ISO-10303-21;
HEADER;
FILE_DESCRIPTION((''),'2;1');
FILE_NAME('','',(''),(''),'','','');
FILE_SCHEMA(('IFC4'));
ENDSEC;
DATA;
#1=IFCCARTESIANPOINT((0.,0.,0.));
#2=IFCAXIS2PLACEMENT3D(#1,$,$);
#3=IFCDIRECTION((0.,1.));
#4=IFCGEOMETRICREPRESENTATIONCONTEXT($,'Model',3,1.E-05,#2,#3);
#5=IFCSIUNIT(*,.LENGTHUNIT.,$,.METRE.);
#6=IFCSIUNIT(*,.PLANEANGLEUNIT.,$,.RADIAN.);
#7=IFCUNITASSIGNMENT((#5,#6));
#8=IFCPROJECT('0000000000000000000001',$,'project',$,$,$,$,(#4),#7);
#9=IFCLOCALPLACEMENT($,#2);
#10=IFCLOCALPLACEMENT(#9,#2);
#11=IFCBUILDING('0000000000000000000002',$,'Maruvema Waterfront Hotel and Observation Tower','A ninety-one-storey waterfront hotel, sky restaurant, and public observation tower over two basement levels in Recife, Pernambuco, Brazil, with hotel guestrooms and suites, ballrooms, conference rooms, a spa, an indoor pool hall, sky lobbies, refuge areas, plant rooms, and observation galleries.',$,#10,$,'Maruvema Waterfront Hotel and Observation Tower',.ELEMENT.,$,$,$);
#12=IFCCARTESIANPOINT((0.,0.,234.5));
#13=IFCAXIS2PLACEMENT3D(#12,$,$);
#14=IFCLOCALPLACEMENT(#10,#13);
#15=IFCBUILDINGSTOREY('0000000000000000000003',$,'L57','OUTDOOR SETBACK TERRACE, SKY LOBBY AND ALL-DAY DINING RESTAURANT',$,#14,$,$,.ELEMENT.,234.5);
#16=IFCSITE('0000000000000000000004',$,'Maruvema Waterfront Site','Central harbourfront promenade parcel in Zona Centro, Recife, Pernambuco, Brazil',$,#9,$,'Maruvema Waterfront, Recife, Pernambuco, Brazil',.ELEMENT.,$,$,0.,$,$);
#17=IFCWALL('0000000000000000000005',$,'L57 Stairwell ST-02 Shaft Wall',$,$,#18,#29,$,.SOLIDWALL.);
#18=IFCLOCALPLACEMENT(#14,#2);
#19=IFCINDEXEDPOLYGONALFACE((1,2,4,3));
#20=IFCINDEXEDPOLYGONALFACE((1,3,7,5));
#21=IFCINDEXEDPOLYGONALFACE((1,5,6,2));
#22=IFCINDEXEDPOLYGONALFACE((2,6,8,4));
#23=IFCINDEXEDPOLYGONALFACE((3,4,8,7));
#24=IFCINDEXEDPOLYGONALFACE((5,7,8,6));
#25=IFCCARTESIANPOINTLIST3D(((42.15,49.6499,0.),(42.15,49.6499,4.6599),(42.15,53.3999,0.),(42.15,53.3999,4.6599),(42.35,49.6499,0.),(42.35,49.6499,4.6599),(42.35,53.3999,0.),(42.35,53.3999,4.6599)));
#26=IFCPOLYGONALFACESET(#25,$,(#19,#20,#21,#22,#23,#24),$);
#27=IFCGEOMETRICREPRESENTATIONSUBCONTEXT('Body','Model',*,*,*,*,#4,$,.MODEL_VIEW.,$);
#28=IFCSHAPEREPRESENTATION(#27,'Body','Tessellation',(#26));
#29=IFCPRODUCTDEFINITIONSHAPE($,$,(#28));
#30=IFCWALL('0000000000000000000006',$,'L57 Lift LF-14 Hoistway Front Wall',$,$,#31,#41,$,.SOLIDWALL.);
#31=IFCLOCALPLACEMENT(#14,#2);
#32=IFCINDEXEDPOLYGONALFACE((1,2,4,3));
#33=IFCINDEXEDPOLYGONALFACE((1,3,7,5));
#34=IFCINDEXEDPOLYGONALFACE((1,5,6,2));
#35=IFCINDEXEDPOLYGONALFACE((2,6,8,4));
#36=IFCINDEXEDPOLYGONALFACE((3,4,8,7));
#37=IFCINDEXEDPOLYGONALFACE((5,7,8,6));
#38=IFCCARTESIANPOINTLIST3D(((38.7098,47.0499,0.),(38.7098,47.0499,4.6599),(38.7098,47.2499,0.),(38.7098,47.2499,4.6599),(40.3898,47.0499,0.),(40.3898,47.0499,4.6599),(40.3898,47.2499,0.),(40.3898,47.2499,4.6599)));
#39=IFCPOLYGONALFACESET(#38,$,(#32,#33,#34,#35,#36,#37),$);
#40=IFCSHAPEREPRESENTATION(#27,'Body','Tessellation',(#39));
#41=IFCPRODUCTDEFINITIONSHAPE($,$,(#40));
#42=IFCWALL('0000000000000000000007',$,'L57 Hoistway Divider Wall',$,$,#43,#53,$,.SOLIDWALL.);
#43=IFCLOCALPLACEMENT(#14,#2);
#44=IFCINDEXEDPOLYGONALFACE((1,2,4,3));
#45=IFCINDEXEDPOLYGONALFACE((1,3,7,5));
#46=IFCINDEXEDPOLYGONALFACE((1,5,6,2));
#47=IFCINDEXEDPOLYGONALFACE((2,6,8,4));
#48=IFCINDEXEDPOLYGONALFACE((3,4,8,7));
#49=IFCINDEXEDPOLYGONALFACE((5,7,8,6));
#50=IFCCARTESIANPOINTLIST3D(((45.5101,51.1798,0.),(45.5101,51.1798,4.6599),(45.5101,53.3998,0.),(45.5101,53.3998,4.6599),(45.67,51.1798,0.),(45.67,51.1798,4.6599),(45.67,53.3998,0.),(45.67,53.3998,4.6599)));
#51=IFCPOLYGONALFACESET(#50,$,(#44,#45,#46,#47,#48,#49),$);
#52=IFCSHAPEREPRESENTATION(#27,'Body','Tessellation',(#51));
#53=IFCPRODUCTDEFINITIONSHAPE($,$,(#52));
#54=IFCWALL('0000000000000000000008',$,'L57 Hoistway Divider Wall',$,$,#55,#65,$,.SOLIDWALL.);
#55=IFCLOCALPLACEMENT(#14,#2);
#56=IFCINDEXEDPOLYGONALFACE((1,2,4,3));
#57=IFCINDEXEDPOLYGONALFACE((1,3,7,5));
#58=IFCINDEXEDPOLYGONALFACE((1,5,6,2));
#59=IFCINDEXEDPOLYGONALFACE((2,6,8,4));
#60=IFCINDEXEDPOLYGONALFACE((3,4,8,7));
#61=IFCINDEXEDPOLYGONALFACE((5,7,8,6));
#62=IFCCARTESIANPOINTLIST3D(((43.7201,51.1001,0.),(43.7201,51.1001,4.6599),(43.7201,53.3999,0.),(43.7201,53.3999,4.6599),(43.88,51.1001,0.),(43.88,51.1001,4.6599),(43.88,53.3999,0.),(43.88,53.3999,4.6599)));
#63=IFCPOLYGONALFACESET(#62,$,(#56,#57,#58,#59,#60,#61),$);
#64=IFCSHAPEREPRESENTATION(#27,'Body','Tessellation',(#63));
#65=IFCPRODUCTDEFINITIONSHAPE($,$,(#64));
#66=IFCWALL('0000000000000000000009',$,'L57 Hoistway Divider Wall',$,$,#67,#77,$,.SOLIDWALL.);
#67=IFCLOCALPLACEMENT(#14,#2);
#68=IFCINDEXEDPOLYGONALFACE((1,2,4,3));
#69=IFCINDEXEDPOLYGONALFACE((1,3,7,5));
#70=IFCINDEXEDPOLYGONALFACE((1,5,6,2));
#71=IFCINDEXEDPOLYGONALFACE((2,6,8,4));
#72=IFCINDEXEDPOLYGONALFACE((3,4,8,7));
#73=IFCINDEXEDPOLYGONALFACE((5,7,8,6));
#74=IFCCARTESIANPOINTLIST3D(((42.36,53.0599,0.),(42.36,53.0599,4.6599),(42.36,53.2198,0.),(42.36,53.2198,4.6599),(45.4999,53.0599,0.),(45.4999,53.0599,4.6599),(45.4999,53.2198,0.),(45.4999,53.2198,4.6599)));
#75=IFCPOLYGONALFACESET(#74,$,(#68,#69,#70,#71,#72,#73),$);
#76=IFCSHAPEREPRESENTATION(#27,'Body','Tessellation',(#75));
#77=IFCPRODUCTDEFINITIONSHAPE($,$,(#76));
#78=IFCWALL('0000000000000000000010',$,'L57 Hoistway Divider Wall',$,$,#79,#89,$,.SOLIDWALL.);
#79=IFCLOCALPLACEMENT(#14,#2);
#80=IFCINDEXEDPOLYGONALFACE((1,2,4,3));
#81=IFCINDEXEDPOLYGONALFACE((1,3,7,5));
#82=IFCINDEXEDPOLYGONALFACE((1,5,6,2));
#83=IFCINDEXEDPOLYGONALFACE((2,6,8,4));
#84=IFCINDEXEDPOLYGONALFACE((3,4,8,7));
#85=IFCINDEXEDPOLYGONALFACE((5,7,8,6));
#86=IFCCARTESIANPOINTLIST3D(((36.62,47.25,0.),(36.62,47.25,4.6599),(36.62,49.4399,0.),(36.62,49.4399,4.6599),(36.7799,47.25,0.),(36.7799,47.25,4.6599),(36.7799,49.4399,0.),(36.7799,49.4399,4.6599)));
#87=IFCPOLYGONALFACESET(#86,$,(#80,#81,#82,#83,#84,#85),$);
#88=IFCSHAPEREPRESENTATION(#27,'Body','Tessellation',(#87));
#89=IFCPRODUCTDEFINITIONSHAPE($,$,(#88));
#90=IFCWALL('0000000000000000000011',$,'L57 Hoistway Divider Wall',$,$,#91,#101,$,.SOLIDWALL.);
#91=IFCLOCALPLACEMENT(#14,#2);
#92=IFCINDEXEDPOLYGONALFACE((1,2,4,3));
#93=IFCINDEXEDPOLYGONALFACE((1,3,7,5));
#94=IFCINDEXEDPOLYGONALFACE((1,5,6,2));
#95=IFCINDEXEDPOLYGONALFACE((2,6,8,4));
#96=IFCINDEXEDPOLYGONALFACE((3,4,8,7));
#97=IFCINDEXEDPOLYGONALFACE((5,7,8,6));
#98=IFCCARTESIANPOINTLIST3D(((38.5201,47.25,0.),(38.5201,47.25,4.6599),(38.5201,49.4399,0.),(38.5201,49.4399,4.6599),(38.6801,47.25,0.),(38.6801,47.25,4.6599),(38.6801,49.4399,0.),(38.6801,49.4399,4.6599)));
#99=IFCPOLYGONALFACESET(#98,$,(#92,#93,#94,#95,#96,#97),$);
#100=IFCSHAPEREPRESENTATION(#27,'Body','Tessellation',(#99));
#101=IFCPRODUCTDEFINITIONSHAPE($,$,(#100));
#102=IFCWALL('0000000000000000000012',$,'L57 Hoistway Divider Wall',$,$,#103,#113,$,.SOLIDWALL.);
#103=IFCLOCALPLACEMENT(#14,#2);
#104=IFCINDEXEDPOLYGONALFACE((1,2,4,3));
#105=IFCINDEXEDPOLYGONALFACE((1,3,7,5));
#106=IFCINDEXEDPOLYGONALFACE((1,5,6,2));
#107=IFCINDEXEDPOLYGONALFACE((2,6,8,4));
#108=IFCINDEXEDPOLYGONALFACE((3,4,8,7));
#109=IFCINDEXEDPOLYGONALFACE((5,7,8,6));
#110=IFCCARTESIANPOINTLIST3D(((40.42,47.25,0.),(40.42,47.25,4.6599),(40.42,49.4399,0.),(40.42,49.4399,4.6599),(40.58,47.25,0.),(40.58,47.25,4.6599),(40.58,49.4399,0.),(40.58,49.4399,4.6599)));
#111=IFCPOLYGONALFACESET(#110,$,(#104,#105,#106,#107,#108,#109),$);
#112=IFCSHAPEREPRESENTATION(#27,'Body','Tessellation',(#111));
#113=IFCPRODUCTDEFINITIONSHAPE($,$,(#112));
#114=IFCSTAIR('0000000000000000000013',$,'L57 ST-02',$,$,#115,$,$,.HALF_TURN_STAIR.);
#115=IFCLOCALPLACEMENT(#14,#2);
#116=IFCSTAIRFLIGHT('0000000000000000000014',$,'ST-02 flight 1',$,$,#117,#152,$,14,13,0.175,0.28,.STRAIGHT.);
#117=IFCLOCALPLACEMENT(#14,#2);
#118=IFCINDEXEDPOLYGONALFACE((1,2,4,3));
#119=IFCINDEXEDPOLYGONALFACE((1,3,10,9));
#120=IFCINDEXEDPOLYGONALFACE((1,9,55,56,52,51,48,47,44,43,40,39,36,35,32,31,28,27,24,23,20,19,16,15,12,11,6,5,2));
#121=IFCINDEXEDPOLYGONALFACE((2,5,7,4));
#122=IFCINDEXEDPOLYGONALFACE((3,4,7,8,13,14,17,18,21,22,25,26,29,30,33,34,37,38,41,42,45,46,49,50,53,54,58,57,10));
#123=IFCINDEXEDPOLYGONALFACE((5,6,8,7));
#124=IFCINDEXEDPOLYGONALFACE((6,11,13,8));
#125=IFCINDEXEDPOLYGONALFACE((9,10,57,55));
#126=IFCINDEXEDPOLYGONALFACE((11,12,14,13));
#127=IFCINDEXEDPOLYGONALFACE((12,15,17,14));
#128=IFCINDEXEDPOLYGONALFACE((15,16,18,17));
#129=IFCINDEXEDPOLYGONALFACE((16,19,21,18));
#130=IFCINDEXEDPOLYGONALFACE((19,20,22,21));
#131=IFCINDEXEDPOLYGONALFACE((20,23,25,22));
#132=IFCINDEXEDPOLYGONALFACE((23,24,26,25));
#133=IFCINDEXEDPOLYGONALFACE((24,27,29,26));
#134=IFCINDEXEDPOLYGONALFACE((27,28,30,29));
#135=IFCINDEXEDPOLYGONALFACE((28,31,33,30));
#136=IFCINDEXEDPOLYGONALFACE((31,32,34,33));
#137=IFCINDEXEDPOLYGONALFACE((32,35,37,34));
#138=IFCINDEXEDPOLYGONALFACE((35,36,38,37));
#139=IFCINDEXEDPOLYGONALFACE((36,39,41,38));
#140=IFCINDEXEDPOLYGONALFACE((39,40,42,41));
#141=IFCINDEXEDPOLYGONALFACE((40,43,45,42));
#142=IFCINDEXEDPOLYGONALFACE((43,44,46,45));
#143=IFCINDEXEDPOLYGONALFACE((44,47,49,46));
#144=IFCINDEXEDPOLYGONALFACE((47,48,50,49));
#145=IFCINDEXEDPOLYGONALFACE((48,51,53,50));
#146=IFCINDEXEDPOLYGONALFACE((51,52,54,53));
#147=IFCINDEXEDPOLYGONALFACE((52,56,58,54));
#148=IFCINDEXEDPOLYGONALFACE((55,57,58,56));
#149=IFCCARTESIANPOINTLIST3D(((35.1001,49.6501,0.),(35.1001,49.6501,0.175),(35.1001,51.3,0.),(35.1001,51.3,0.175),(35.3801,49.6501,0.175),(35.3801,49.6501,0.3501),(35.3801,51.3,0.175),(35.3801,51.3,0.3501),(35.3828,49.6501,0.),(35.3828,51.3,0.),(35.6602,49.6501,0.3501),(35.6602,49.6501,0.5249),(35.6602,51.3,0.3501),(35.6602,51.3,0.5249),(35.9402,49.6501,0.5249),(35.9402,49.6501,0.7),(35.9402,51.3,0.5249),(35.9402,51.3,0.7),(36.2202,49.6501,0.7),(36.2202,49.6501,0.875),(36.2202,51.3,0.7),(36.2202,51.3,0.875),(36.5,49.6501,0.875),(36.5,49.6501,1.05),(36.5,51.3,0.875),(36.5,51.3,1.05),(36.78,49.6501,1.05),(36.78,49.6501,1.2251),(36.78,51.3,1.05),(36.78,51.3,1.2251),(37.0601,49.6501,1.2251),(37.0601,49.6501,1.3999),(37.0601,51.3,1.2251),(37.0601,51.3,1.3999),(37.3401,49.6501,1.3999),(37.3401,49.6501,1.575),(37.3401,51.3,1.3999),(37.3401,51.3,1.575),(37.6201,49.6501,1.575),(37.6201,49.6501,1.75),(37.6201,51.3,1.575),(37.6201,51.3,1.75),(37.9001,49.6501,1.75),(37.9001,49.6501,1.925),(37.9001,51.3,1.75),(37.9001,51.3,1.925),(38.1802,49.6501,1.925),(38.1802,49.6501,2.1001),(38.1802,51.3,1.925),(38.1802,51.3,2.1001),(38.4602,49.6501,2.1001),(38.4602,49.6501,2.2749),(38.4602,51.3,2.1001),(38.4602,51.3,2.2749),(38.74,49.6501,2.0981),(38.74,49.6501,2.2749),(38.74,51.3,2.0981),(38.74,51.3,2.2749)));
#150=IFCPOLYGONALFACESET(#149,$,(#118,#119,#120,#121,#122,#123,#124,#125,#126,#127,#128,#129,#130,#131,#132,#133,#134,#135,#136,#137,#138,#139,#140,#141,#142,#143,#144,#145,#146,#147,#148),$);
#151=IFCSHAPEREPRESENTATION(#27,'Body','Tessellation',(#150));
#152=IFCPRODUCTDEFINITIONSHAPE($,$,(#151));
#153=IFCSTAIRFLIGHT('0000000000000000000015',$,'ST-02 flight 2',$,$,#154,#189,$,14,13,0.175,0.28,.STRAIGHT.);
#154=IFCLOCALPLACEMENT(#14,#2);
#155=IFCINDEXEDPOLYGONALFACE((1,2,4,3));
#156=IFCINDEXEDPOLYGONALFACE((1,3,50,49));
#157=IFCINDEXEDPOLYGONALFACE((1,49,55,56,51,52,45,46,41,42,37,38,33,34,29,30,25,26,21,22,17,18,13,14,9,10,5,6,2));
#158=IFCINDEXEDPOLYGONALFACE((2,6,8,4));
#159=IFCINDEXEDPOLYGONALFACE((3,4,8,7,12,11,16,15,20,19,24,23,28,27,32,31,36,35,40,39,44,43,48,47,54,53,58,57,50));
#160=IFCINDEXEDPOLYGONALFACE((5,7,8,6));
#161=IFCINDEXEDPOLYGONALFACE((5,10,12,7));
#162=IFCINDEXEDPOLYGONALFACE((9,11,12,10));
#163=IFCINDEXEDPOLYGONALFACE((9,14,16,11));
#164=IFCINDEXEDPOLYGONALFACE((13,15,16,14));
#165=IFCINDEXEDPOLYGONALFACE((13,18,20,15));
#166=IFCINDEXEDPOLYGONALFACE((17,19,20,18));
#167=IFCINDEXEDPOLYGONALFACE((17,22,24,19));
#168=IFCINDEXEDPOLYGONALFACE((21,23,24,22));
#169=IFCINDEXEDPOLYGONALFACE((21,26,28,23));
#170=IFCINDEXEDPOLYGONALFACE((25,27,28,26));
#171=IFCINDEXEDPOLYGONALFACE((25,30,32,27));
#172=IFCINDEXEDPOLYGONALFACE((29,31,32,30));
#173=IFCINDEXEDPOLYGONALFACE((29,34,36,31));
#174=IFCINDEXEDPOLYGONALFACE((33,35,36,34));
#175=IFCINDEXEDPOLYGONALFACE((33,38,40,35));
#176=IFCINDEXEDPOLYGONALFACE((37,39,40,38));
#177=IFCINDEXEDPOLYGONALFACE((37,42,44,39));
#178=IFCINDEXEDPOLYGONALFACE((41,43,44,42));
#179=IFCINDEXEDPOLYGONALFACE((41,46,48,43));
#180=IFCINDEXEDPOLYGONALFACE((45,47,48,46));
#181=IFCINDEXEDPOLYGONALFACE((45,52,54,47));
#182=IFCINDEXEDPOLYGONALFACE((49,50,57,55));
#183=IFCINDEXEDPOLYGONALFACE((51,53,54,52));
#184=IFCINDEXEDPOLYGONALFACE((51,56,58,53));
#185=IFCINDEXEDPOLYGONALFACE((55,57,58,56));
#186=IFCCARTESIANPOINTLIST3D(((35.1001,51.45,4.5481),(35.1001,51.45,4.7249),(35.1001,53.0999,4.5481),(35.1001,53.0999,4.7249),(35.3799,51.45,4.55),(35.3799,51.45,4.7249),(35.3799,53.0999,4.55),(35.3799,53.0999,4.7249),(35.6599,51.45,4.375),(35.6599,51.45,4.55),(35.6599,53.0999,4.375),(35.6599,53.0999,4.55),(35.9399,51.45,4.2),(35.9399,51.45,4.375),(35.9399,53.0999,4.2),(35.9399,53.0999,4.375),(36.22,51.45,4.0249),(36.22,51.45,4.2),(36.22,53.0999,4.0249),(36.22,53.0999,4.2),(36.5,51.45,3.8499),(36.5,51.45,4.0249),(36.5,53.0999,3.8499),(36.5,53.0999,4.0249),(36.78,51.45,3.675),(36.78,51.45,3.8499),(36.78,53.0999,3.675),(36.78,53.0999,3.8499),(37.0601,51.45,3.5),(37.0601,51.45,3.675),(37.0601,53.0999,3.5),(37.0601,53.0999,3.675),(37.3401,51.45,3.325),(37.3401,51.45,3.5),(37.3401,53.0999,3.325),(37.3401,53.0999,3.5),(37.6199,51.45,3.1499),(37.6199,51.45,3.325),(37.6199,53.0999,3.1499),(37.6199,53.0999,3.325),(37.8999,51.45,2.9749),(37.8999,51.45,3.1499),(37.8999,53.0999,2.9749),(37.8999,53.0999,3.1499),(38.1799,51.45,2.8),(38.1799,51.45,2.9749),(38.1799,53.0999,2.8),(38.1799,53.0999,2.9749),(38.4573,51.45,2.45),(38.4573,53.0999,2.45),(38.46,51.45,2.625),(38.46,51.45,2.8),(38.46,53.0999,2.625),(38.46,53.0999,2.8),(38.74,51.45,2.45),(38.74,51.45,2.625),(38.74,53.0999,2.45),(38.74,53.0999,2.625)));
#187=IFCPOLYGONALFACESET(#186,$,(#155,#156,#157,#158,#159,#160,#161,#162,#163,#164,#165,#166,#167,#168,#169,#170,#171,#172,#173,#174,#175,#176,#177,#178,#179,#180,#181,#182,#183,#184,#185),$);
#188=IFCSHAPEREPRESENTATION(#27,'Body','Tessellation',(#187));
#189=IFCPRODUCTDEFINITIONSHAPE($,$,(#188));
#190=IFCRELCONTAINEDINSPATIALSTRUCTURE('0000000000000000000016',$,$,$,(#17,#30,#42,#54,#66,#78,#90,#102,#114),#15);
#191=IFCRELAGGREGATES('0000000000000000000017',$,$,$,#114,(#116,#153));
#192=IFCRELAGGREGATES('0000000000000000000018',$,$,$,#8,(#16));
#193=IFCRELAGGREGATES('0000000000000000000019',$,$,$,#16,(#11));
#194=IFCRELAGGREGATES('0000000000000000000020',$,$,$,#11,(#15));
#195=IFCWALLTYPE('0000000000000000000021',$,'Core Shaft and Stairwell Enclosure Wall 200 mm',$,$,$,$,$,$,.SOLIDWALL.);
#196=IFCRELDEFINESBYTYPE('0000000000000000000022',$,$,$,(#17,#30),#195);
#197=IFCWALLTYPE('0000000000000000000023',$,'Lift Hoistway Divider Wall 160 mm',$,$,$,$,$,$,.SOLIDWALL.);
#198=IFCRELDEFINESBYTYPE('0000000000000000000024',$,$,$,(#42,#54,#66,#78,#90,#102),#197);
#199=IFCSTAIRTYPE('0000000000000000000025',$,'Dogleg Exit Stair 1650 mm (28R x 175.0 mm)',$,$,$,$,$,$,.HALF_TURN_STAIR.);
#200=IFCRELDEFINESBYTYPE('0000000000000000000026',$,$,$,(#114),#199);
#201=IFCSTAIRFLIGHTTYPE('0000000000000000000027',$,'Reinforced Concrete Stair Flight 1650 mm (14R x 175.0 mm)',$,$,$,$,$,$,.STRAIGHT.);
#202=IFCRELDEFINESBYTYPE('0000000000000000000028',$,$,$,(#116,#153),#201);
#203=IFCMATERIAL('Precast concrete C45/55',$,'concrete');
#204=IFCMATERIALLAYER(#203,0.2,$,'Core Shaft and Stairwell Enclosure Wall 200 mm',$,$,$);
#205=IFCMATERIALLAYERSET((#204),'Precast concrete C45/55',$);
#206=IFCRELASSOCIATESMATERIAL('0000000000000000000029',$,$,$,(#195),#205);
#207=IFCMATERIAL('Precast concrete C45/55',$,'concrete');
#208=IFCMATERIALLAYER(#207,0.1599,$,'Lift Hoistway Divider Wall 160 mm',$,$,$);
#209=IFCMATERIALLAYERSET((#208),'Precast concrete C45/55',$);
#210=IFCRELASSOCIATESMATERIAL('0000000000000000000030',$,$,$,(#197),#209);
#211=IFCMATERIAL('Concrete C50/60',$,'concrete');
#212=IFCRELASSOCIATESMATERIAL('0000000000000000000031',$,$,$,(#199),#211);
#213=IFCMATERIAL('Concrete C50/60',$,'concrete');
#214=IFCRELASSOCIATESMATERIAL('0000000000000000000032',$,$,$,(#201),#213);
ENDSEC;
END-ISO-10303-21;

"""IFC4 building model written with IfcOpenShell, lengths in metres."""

from ifc_helpers import new_model, si_unit, direction, frame, frame_2d, origin, place, context, subcontext, project, spatial, polyline, rectangle, outline, extrude, material, layer, layer_set, type_object, element, aggregate, save


model = new_model("IFC4")

# Units and contexts
model_context = context("Model", 3, precision=1e-05, world=origin(), true_north=direction((0.0, 1.0)))
body_context = subcontext(model_context, "Body", "Model", "MODEL_VIEW")
ifc_project = project(units=[si_unit("LENGTHUNIT", "METRE"), si_unit("PLANEANGLEUNIT", "RADIAN")], contexts=[model_context])

# Site, building, storey
site_placement = place(None, origin())
site = spatial("IfcSite", under=ifc_project, at=site_placement, Name="Maruvema Waterfront Site", Description="Central harbourfront promenade parcel in Zona Centro, Recife, Pernambuco, Brazil", LongName="Maruvema Waterfront, Recife, Pernambuco, Brazil", CompositionType="ELEMENT", RefElevation=0.0)
building_placement = place(site_placement, origin())
building = spatial("IfcBuilding", under=site, at=building_placement, Name="Maruvema Waterfront Hotel and Observation Tower", Description="A ninety-one-storey waterfront hotel, sky restaurant, and public observation tower over two basement levels in Recife, Pernambuco, Brazil, with hotel guestrooms and suites, ballrooms, conference rooms, a spa, an indoor pool hall, sky lobbies, refuge areas, plant rooms, and observation galleries.", LongName="Maruvema Waterfront Hotel and Observation Tower", CompositionType="ELEMENT")
storey_placement = place(building_placement, frame((0.0, 0.0, 234.5)))
storey = spatial("IfcBuildingStorey", under=building, at=storey_placement, Name="L57", Description="OUTDOOR SETBACK TERRACE, SKY LOBBY AND ALL-DAY DINING RESTAURANT", CompositionType="ELEMENT", Elevation=234.5)

# Wall
ifc_material_1 = material(Name="Precast concrete C45/55", Category="concrete")
ifc_layer_1 = layer(ifc_material_1, 0.2, Name="Core Shaft and Stairwell Enclosure Wall 200 mm")
ifc_layer_set_1 = layer_set([ifc_layer_1], Name="Precast concrete C45/55")
wall_type_1 = type_object("IfcWallType", Name="Core Shaft and Stairwell Enclosure Wall 200 mm", PredefinedType="SOLIDWALL", material=ifc_layer_set_1)
wall_1_placement = place(storey_placement, frame((42.25, 49.6499, 0.0), z_axis=(0.0, 0.0, 1.0), x_axis=(0.0, 1.0, 0.0)))
element("IfcWall", 1, at=wall_1_placement, inside=storey, type_object=wall_type_1, Name="L57 Stairwell ST-02 Shaft Wall", PredefinedType="SOLIDWALL", context=body_context, shape_type="SweptSolid", body=[
    extrude(rectangle(XDim=3.75, YDim=0.2, at=frame_2d((1.875, 0.0))), origin(), (0.0, 0.0, 1.0), 4.6599),
])

# Walls
wall_2_placement = place(storey_placement, frame((38.71, 47.1499, 0.0), z_axis=(0.0, 0.0, 1.0), x_axis=(1.0, 0.0, 0.0)))
element("IfcWall", 2, at=wall_2_placement, inside=storey, type_object=wall_type_1, Name="L57 Lift LF-14 Hoistway Front Wall", PredefinedType="SOLIDWALL", context=body_context, shape_type="SweptSolid", body=[
    extrude(rectangle(XDim=1.6799, YDim=0.2, at=frame_2d((0.8398, 0.0))), origin(), (0.0, 0.0, 1.0), 4.6599),
])
ifc_material_2 = material(Name="Precast concrete C45/55", Category="concrete")
ifc_layer_2 = layer(ifc_material_2, 0.1599, Name="Lift Hoistway Divider Wall 160 mm")
ifc_layer_set_2 = layer_set([ifc_layer_2], Name="Precast concrete C45/55")
wall_type_2 = type_object("IfcWallType", Name="Lift Hoistway Divider Wall 160 mm", PredefinedType="SOLIDWALL", material=ifc_layer_set_2)
wall_3_placement = place(storey_placement, frame((45.5901, 51.1799, 0.0), z_axis=(0.0, 0.0, 1.0), x_axis=(0.0, 1.0, 0.0)))
element("IfcWall", 3, at=wall_3_placement, inside=storey, type_object=wall_type_2, Name="L57 Hoistway Divider Wall", PredefinedType="SOLIDWALL", context=body_context, shape_type="SweptSolid", body=[
    extrude(rectangle(XDim=2.22, YDim=0.1599, at=frame_2d((1.1099, 0.0))), origin(), (0.0, 0.0, 1.0), 4.6599),
])
wall_4_placement = place(storey_placement, frame((43.8, 51.1001, 0.0), z_axis=(0.0, 0.0, 1.0), x_axis=(0.0, 1.0, 0.0)))
element("IfcWall", 4, at=wall_4_placement, inside=storey, type_object=wall_type_2, Name="L57 Hoistway Divider Wall", PredefinedType="SOLIDWALL", context=body_context, shape_type="SweptSolid", body=[
    extrude(rectangle(XDim=2.2998, YDim=0.1599, at=frame_2d((1.1499, 0.0))), origin(), (0.0, 0.0, 1.0), 4.6599),
])
wall_5_placement = place(storey_placement, frame((42.3601, 53.1399, 0.0), z_axis=(0.0, 0.0, 1.0), x_axis=(1.0, 0.0, 0.0)))
element("IfcWall", 5, at=wall_5_placement, inside=storey, type_object=wall_type_2, Name="L57 Hoistway Divider Wall", PredefinedType="SOLIDWALL", context=body_context, shape_type="SweptSolid", body=[
    extrude(rectangle(XDim=3.1399, YDim=0.1599, at=frame_2d((1.5698, 0.0))), origin(), (0.0, 0.0, 1.0), 4.6599),
])
for number, where, z_axis, x_axis, name in (
    (6, (36.7, 47.25, 0.0), (0.0, 0.0, 1.0), (0.0, 1.0, 0.0), "L57 Hoistway Divider Wall"),
    (7, (38.6001, 47.25, 0.0), (0.0, 0.0, 1.0), (0.0, 1.0, 0.0), "L57 Hoistway Divider Wall"),
    (8, (40.5, 47.25, 0.0), (0.0, 0.0, 1.0), (0.0, 1.0, 0.0), "L57 Hoistway Divider Wall"),
):
    element("IfcWall", number, at=place(storey_placement, frame(where, z_axis=z_axis, x_axis=x_axis)), inside=storey, type_object=wall_type_2, Name=name, PredefinedType="SOLIDWALL", context=body_context, shape_type="SweptSolid", body=[
        extrude(rectangle(XDim=2.1899, YDim=0.1599, at=frame_2d((1.095, 0.0))), origin(), (0.0, 0.0, 1.0), 4.6599),
    ])

# Stair, stair flights
ifc_material_3 = material(Name="Concrete C50/60", Category="concrete")
stair_type = type_object("IfcStairType", Name="Dogleg Exit Stair 1650 mm (28R x 175.0 mm)", PredefinedType="HALF_TURN_STAIR", material=ifc_material_3)
stair_placement = place(storey_placement, origin())
stair = element("IfcStair", 9, at=stair_placement, inside=storey, type_object=stair_type, Name="L57 ST-02", PredefinedType="HALF_TURN_STAIR")
ifc_material_4 = material(Name="Concrete C50/60", Category="concrete")
stair_flight_type = type_object("IfcStairFlightType", Name="Reinforced Concrete Stair Flight 1650 mm (14R x 175.0 mm)", PredefinedType="STRAIGHT", material=ifc_material_4)
stair_flight_1_placement = place(storey_placement, frame((35.1001, 50.4751, 0.0), z_axis=(0.0, 0.0, 1.0), x_axis=(1.0, 0.0, 0.0)))
stair_flight_1 = element("IfcStairFlight", 10, at=stair_flight_1_placement, type_object=stair_flight_type, Name="ST-02 flight 1", NumberOfRisers=14, NumberOfTreads=13, PredefinedType="STRAIGHT", RiserHeight=0.175, TreadLength=0.28, context=body_context, shape_type="SweptSolid", body=[
    extrude(outline(polyline([(0.0, 0.0), (0.0, 0.175), (0.28, 0.175), (0.28, 0.3501), (0.5601, 0.3501), (0.5601, 0.5249), (0.8401, 0.5249), (0.8401, 0.7), (1.1201, 0.7), (1.1201, 0.875), (1.3999, 0.875), (1.3999, 1.05), (1.6799, 1.05), (1.6799, 1.2251), (1.96, 1.2251), (1.96, 1.3999), (2.24, 1.3999), (2.24, 1.575), (2.52, 1.575), (2.52, 1.75), (2.8, 1.75), (2.8, 1.925), (3.0801, 1.925), (3.0801, 2.1001), (3.3601, 2.1001), (3.3601, 2.2749), (3.6399, 2.2749), (3.6399, 2.45), (3.6399, 2.0981), (0.2827, 0.0), (0.0, 0.0)])), frame((0.0, 0.825, 0.0), z_axis=(0.0, -1.0, 0.0), x_axis=(1.0, 0.0, 0.0)), (0.0, 0.0, 1.0), 1.6499),
])
stair_flight_2_placement = place(storey_placement, frame((38.74, 52.2749, 2.45), z_axis=(0.0, 0.0, 1.0), x_axis=(-1.0, 0.0, 0.0)))
stair_flight_2 = element("IfcStairFlight", 11, at=stair_flight_2_placement, type_object=stair_flight_type, Name="ST-02 flight 2", NumberOfRisers=14, NumberOfTreads=13, PredefinedType="STRAIGHT", RiserHeight=0.175, TreadLength=0.28, context=body_context, shape_type="SweptSolid", body=[
    extrude(outline(polyline([(0.0, 0.0), (0.0, 0.175), (0.28, 0.175), (0.28, 0.3501), (0.5601, 0.3501), (0.5601, 0.5249), (0.8401, 0.5249), (0.8401, 0.7), (1.1201, 0.7), (1.1201, 0.875), (1.3999, 0.875), (1.3999, 1.05), (1.6799, 1.05), (1.6799, 1.2251), (1.96, 1.2251), (1.96, 1.3999), (2.24, 1.3999), (2.24, 1.575), (2.52, 1.575), (2.52, 1.75), (2.8, 1.75), (2.8, 1.925), (3.0801, 1.925), (3.0801, 2.1001), (3.3601, 2.1001), (3.3601, 2.2749), (3.6399, 2.2749), (3.6399, 2.45), (3.6399, 2.0981), (0.2827, 0.0), (0.0, 0.0)])), frame((0.0, 0.825, 0.0), z_axis=(0.0, -1.0, 0.0), x_axis=(1.0, 0.0, 0.0)), (0.0, 0.0, 1.0), 1.6499),
])
aggregate(stair, [stair_flight_1, stair_flight_2])

save(model, "model.ifc")
